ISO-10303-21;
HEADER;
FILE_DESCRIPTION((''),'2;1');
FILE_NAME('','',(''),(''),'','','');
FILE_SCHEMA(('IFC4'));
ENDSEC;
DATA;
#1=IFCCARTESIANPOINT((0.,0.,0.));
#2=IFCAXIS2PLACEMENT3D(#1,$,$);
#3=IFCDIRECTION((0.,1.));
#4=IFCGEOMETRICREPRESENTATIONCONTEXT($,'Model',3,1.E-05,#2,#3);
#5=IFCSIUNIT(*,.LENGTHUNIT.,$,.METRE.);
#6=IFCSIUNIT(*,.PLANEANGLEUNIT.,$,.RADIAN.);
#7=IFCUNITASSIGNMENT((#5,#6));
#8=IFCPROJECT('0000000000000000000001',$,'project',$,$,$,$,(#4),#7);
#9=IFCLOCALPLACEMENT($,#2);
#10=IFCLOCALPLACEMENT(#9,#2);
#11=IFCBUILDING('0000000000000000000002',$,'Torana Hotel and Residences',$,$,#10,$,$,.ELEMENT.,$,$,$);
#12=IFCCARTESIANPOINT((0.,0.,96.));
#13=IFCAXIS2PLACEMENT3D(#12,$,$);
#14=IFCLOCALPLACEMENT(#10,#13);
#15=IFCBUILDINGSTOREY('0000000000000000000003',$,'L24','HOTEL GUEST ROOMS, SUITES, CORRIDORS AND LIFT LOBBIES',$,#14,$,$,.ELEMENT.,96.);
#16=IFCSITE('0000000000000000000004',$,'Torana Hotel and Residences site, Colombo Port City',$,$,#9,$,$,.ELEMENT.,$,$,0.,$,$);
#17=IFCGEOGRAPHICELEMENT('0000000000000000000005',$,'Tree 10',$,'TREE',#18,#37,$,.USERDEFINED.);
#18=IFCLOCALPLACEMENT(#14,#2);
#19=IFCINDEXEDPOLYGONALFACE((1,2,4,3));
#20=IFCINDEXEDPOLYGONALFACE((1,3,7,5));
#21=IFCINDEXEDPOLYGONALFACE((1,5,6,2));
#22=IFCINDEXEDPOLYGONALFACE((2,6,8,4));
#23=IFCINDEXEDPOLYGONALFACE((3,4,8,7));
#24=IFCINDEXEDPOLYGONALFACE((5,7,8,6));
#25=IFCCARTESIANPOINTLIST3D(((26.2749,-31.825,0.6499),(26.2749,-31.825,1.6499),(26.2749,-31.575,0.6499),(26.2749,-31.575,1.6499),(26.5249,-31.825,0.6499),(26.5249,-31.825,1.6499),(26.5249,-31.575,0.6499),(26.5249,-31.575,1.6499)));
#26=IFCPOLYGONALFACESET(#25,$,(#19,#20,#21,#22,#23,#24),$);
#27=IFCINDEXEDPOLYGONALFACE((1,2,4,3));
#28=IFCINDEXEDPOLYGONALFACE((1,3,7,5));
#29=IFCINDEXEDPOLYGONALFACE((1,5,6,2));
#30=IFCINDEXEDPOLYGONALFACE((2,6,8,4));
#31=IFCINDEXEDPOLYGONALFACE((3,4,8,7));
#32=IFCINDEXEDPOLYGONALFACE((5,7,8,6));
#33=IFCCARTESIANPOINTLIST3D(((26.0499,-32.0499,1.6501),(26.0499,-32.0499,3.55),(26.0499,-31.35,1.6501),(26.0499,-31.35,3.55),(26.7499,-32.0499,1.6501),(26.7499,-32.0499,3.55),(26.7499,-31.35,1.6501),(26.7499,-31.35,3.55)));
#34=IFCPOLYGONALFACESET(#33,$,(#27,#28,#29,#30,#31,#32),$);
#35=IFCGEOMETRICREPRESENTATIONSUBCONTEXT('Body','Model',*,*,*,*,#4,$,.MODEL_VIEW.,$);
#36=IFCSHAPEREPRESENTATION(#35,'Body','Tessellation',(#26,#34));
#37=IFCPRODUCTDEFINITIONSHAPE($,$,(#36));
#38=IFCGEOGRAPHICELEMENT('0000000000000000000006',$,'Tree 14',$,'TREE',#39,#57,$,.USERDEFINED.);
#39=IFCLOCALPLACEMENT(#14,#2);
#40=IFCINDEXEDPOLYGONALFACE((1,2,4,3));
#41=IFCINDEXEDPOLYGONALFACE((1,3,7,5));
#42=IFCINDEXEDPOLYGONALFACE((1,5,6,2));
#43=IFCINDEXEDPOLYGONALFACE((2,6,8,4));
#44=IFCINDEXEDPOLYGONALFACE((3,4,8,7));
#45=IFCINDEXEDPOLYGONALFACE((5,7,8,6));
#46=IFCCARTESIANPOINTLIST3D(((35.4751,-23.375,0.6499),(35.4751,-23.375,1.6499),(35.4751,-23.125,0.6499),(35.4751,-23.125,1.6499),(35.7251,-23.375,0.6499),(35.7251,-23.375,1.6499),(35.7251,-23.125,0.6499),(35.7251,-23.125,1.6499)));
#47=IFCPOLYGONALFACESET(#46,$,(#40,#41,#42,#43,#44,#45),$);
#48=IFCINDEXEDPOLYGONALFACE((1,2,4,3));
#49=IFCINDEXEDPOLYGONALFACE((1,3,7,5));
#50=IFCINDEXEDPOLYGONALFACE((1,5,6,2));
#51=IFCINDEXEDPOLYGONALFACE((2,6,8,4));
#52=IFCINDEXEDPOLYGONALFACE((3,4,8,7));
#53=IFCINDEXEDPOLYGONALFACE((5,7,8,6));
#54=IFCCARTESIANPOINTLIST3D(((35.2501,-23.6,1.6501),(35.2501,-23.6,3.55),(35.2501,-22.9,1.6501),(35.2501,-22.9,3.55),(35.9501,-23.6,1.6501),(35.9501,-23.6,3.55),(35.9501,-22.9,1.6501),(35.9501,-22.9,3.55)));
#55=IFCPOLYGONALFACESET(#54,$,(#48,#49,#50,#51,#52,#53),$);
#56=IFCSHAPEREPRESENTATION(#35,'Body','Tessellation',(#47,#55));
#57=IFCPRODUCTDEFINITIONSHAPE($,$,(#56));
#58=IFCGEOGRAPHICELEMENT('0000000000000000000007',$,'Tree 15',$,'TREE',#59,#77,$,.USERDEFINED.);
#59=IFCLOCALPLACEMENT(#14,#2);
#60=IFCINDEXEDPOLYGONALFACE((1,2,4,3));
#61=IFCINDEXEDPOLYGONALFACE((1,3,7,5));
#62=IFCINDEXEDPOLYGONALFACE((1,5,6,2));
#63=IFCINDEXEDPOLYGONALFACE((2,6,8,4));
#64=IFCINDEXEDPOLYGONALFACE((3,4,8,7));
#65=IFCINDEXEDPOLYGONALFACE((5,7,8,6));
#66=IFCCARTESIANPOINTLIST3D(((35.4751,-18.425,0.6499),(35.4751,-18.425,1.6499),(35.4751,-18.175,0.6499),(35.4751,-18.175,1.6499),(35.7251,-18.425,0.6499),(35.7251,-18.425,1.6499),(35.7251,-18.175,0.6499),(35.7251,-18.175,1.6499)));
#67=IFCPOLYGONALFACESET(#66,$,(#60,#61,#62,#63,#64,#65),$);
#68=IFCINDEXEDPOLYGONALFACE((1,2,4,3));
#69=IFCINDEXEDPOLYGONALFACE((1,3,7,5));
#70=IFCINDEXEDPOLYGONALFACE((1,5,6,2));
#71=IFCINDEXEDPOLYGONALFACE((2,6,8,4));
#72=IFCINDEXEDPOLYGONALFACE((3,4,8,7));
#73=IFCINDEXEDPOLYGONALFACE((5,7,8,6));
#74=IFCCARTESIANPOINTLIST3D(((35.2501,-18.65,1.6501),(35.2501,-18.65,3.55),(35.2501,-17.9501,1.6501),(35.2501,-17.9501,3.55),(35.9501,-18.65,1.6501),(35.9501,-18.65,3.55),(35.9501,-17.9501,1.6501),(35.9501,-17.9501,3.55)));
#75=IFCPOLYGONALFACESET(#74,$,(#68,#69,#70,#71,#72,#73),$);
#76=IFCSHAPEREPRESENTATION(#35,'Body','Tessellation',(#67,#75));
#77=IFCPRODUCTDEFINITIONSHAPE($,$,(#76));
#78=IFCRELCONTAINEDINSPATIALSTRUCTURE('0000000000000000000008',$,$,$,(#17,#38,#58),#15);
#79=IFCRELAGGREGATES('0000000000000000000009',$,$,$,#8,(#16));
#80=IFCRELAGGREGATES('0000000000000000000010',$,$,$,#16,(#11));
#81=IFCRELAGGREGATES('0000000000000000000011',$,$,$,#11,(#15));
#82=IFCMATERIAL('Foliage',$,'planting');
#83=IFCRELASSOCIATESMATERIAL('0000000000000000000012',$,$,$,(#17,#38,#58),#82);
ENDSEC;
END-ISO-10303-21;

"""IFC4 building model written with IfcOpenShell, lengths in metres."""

from ifc_helpers import new_model, si_unit, direction, frame, origin, origin_2d, place, context, subcontext, project, spatial, rectangle, extrude, material, element, save


model = new_model("IFC4")

# Units and contexts
model_context = context("Model", 3, precision=1e-05, world=origin(), true_north=direction((0.0, 1.0)))
body_context = subcontext(model_context, "Body", "Model", "MODEL_VIEW")
ifc_project = project(units=[si_unit("LENGTHUNIT", "METRE"), si_unit("PLANEANGLEUNIT", "RADIAN")], contexts=[model_context])

# Site, building, storey
site_placement = place(None, origin())
site = spatial("IfcSite", under=ifc_project, at=site_placement, Name="Torana Hotel and Residences site, Colombo Port City", CompositionType="ELEMENT", RefElevation=0.0)
building_placement = place(site_placement, origin())
building = spatial("IfcBuilding", under=site, at=building_placement, Name="Torana Hotel and Residences", CompositionType="ELEMENT")
storey_placement = place(building_placement, frame((0.0, 0.0, 96.0)))
storey = spatial("IfcBuildingStorey", under=building, at=storey_placement, Name="L24", Description="HOTEL GUEST ROOMS, SUITES, CORRIDORS AND LIFT LOBBIES", CompositionType="ELEMENT", Elevation=96.0)

# Geographic elements
ifc_material_1 = material(Name="Foliage", Category="planting")
for number, where, z_axis, x_axis, name in (
    (1, (26.3999, -31.7, 0.6499), (0.0, 0.0, 1.0), (1.0, 0.0, 0.0), "Tree 10"),
    (2, (35.6001, -23.25, 0.6499), (0.0, 0.0, 1.0), (1.0, 0.0, 0.0), "Tree 14"),
    (3, (35.6001, -18.3, 0.6499), (0.0, 0.0, 1.0), (1.0, 0.0, 0.0), "Tree 15"),
):
    element("IfcGeographicElement", number, at=place(storey_placement, frame(where, z_axis=z_axis, x_axis=x_axis)), inside=storey, material=ifc_material_1, Name=name, ObjectType="TREE", PredefinedType="USERDEFINED", context=body_context, shape_type="SweptSolid", body=[
        extrude(rectangle(XDim=0.25, YDim=0.25, at=origin_2d()), origin(), (0.0, 0.0, 1.0), 1.0),
        extrude(rectangle(XDim=0.7, YDim=0.7, at=origin_2d()), frame((0.0, 0.0, 1.0002)), (0.0, 0.0, 1.0), 1.8999),
    ])

save(model, "model.ifc")
